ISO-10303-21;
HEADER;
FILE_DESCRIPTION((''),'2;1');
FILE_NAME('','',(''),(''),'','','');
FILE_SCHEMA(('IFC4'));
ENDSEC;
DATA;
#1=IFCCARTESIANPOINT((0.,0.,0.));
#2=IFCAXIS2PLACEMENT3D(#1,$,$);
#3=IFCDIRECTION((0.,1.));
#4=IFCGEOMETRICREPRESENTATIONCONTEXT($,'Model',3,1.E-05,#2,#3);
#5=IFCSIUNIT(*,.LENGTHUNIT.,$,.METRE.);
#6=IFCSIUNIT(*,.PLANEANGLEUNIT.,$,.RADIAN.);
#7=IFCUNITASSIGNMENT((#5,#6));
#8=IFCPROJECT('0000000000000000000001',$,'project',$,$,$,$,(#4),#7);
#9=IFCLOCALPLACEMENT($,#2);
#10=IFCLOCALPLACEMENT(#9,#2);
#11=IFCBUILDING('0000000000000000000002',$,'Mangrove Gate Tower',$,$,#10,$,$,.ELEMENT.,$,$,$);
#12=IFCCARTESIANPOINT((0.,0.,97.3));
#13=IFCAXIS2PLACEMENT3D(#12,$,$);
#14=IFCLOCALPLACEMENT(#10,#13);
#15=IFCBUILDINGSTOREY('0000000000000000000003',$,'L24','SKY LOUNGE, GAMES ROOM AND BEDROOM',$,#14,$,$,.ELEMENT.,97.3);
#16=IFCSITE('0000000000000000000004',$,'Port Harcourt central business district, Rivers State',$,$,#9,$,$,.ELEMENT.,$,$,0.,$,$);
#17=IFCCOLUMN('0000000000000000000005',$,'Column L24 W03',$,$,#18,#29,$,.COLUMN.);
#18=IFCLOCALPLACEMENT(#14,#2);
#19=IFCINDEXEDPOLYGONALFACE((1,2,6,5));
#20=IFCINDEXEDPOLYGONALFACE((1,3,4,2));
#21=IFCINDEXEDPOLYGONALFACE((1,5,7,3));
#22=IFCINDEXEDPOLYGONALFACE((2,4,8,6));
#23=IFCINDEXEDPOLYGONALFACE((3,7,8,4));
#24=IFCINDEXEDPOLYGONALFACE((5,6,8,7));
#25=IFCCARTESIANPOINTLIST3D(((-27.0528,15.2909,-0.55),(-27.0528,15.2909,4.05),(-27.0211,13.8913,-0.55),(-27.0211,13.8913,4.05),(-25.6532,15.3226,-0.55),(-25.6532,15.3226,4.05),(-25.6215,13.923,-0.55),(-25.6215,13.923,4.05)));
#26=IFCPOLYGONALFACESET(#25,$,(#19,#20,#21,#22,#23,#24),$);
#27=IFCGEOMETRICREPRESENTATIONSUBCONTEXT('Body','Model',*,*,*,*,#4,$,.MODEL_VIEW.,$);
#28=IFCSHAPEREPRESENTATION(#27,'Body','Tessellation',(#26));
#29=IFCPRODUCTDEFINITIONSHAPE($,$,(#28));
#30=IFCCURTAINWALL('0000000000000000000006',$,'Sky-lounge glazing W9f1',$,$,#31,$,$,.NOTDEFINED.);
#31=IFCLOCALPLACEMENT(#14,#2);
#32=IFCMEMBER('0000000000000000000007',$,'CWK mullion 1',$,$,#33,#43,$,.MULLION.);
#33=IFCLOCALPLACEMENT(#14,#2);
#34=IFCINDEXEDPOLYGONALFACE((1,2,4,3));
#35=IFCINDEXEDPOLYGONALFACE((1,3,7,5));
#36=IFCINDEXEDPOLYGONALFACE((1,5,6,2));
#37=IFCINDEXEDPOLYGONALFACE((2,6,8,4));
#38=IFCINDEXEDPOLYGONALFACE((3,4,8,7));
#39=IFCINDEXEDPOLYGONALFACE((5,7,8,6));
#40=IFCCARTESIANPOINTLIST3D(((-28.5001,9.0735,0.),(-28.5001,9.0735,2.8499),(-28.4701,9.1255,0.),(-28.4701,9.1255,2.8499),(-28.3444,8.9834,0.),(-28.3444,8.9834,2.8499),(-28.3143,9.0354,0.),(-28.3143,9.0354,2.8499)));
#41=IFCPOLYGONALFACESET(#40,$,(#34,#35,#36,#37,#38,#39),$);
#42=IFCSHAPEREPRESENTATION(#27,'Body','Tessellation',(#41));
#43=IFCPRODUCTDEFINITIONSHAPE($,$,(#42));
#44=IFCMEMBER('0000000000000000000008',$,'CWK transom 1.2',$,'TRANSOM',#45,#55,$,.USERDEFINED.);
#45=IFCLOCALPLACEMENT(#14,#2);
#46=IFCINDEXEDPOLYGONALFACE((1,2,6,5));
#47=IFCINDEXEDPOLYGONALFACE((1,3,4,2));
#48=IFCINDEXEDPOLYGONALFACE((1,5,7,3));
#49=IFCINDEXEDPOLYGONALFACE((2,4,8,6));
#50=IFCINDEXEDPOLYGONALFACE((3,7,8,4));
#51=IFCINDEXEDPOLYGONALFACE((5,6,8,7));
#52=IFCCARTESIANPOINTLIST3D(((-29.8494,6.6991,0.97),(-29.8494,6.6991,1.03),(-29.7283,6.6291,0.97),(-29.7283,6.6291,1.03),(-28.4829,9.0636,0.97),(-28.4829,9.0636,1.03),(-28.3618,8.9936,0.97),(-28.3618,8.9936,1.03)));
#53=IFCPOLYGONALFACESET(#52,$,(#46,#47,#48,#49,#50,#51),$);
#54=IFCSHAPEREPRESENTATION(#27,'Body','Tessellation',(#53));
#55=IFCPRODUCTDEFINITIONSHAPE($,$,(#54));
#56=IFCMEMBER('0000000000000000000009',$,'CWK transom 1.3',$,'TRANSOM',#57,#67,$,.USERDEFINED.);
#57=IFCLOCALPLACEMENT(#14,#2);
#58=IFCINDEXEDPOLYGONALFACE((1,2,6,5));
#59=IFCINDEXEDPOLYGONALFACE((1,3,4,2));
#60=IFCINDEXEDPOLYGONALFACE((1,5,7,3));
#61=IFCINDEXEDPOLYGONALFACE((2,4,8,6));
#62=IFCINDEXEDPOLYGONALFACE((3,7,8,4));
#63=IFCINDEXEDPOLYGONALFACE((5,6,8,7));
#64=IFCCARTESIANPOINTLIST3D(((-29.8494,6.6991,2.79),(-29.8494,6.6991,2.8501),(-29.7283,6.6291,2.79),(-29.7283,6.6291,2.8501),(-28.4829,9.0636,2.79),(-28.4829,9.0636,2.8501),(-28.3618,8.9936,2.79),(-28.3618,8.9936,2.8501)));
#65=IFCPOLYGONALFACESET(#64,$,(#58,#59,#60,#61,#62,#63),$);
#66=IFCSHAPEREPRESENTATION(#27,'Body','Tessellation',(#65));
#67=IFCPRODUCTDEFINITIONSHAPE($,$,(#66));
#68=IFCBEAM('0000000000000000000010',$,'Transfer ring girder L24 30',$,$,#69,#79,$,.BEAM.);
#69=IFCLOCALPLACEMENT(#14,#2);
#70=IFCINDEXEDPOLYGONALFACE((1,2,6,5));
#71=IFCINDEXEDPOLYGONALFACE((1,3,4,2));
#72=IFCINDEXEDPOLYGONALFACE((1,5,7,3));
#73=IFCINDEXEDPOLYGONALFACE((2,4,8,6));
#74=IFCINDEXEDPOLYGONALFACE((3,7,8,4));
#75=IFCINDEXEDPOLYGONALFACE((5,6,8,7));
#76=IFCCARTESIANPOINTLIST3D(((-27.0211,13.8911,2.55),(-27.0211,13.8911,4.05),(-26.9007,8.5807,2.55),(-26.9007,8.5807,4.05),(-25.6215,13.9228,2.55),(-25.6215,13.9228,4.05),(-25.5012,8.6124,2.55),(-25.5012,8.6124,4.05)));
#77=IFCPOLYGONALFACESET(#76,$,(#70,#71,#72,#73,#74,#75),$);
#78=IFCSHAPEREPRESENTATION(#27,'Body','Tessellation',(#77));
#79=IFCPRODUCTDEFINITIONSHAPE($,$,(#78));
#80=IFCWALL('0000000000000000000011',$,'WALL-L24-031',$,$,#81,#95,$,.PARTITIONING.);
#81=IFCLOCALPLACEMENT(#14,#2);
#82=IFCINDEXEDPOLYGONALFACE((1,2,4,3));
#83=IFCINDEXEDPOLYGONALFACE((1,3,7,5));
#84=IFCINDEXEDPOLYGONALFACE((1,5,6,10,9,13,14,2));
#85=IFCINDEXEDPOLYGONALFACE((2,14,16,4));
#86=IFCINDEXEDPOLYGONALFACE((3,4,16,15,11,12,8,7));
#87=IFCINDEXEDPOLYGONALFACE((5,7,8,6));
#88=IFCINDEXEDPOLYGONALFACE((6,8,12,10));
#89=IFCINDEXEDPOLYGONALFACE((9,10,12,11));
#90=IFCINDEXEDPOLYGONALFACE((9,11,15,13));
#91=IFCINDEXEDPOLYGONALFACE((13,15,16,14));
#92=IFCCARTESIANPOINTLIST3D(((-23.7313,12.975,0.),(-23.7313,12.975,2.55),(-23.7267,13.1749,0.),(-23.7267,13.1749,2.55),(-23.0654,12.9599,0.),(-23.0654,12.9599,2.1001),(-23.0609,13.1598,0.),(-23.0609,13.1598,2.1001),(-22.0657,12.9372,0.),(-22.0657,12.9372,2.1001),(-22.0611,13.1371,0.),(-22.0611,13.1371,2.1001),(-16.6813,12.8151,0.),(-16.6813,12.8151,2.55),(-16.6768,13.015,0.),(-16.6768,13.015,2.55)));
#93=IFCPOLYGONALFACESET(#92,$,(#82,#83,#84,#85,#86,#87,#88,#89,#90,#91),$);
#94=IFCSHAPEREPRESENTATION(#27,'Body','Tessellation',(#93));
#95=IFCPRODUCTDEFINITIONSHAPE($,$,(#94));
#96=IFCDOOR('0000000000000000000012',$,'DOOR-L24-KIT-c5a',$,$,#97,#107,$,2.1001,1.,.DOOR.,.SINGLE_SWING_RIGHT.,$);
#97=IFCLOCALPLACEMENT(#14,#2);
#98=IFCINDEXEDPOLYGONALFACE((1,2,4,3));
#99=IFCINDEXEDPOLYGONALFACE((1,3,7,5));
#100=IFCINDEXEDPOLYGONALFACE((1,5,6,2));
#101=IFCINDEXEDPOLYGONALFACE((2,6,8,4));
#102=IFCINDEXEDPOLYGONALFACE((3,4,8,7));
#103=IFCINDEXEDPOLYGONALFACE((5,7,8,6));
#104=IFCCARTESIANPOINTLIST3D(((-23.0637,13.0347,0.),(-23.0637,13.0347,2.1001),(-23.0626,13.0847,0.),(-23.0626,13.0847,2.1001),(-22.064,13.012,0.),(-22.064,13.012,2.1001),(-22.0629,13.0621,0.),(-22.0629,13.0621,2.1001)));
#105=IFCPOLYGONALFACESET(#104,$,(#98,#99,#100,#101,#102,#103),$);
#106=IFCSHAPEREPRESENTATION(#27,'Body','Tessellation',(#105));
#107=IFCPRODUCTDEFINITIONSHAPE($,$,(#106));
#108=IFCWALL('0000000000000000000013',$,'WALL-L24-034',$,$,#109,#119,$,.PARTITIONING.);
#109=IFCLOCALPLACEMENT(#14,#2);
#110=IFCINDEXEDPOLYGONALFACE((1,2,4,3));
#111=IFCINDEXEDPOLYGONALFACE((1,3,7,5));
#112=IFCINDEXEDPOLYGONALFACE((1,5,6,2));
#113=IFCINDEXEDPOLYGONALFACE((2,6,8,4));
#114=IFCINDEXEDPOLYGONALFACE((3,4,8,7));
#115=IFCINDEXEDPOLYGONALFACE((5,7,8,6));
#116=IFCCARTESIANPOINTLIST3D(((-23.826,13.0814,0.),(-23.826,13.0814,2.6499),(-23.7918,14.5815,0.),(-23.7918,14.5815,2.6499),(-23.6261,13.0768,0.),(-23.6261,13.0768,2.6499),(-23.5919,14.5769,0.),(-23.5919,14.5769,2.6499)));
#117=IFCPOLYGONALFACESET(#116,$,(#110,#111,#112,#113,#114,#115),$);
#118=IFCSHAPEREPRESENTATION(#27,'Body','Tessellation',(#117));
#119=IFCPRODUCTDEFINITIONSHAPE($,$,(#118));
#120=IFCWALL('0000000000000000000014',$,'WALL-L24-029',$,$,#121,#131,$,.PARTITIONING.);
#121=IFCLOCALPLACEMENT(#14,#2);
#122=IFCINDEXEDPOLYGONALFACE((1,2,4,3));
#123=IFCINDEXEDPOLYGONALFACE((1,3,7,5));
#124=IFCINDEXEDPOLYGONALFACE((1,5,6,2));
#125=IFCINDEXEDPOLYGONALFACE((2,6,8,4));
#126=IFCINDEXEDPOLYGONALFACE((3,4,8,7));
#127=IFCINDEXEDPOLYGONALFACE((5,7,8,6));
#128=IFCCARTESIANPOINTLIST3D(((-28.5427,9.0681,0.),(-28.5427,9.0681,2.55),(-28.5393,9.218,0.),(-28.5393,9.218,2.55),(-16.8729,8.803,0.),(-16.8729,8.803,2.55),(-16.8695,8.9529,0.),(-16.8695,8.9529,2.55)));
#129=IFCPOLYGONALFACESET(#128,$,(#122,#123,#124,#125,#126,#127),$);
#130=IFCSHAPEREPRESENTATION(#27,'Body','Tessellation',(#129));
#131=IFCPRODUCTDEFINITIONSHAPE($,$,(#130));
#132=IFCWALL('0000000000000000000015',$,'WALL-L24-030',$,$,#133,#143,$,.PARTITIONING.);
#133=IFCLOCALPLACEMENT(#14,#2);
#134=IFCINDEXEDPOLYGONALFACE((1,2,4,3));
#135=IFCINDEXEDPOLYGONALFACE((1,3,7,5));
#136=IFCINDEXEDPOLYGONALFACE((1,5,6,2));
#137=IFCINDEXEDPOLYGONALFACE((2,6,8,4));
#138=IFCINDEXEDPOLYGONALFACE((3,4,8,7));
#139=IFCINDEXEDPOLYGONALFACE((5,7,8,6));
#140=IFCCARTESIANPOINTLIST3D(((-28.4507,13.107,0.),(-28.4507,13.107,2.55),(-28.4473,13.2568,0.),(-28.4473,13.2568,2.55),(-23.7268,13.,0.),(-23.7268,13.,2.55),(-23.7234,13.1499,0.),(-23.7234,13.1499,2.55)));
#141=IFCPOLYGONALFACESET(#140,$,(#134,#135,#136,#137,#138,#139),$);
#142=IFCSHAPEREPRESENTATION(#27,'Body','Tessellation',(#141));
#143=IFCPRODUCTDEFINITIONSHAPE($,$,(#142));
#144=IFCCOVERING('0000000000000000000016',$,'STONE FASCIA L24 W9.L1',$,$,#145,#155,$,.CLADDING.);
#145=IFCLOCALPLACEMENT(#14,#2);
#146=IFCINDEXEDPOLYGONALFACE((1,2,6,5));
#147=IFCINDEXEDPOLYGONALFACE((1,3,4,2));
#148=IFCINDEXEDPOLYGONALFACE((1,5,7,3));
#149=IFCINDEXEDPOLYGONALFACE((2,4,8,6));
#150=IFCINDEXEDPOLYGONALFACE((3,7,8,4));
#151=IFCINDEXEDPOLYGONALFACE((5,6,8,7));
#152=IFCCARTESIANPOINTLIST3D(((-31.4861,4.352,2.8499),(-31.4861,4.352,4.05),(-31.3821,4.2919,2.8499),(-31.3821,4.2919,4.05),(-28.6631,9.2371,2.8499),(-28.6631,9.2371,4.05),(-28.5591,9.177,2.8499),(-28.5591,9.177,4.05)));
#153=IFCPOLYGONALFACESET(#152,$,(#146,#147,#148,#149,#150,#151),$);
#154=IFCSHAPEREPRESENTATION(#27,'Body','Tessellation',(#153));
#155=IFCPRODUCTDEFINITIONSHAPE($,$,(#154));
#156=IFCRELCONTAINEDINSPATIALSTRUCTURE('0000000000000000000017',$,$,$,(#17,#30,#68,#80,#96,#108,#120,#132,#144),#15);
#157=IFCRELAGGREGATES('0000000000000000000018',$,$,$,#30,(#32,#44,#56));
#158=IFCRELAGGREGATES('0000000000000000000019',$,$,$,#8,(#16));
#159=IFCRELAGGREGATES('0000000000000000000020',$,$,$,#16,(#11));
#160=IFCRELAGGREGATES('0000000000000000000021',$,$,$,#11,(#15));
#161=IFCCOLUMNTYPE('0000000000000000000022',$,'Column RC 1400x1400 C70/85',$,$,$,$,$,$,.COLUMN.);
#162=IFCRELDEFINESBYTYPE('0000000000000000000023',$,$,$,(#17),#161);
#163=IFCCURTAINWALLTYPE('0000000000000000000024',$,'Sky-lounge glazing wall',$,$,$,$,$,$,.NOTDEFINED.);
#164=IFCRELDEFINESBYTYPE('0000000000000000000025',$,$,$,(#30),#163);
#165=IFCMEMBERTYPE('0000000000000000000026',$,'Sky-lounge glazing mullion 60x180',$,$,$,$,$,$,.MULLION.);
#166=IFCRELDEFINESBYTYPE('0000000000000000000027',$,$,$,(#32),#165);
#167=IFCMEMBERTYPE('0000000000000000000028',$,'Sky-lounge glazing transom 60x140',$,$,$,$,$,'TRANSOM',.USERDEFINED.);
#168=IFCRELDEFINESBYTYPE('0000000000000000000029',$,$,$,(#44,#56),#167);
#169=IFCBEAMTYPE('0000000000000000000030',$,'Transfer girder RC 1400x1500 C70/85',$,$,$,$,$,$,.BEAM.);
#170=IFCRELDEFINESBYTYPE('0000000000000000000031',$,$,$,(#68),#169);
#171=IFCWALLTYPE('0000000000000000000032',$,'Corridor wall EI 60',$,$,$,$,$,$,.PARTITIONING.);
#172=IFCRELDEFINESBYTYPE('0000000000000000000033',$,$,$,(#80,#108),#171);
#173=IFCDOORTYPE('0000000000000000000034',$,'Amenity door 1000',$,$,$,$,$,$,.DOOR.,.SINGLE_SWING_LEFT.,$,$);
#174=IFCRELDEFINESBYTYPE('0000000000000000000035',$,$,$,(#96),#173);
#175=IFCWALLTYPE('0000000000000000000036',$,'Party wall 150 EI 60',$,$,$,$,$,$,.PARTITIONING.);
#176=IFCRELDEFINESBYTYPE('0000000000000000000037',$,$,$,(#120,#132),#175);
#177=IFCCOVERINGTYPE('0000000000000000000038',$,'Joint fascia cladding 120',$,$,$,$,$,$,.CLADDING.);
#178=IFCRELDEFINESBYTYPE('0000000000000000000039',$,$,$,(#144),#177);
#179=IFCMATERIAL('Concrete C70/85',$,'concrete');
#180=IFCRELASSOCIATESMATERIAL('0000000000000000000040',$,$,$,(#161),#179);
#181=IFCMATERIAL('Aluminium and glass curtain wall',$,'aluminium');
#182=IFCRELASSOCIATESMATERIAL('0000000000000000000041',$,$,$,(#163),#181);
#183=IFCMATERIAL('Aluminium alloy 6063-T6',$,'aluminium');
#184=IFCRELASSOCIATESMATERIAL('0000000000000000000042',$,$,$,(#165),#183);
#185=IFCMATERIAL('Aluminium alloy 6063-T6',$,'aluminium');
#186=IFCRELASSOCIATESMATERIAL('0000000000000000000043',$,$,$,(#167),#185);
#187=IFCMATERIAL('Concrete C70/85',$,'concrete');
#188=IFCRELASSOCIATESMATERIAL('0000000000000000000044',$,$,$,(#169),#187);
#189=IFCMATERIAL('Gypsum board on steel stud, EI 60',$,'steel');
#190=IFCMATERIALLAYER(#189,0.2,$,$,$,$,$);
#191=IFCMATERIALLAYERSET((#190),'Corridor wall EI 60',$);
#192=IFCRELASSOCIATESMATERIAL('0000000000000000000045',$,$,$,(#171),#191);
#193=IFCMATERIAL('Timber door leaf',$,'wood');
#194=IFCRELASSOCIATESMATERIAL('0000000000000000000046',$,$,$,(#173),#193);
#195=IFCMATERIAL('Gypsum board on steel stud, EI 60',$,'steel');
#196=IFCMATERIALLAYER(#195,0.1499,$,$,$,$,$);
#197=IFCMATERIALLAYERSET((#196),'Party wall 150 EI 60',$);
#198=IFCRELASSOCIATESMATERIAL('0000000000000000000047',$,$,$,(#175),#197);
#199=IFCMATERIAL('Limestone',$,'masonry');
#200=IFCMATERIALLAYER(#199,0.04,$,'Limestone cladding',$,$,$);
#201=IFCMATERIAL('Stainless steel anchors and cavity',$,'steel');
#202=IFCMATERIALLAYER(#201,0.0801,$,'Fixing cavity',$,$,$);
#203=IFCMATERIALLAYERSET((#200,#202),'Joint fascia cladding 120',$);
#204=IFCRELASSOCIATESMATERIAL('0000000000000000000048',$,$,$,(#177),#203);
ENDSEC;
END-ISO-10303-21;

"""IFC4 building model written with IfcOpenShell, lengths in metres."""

from ifc_helpers import new_model, si_unit, direction, frame, frame_2d, origin, origin_2d, place, context, subcontext, project, spatial, rectangle, extrude, material, layer, layer_set, material_profile, profile_set, type_object, element, fill, aggregate, save


model = new_model("IFC4")

# Units and contexts
model_context = context("Model", 3, precision=1e-05, world=origin(), true_north=direction((0.0, 1.0)))
body_context = subcontext(model_context, "Body", "Model", "MODEL_VIEW")
ifc_project = project(units=[si_unit("LENGTHUNIT", "METRE"), si_unit("PLANEANGLEUNIT", "RADIAN")], contexts=[model_context])

# Site, building, storey
site_placement = place(None, origin())
site = spatial("IfcSite", under=ifc_project, at=site_placement, Name="Port Harcourt central business district, Rivers State", CompositionType="ELEMENT", RefElevation=0.0)
building_placement = place(site_placement, origin())
building = spatial("IfcBuilding", under=site, at=building_placement, Name="Mangrove Gate Tower", CompositionType="ELEMENT")
storey_placement = place(building_placement, frame((0.0, 0.0, 97.3)))
storey = spatial("IfcBuildingStorey", under=building, at=storey_placement, Name="L24", Description="SKY LOUNGE, GAMES ROOM AND BEDROOM", CompositionType="ELEMENT", Elevation=97.3)

# Column
ifc_material_1 = material(Name="Concrete C70/85", Category="concrete")
ifc_material_profile_1 = material_profile(ifc_material_1, rectangle(XDim=1.3999, YDim=1.3999, at=origin_2d()))
ifc_profile_set_1 = profile_set([ifc_material_profile_1], Name="Concrete C70/85")
column_type = type_object("IfcColumnType", Name="Column RC 1400x1400 C70/85", PredefinedType="COLUMN", material=ifc_profile_set_1)
column_placement = place(storey_placement, frame((-26.3372, 14.6069, -0.55), z_axis=(0.0, 0.0, 1.0), x_axis=(0.022645, -0.999744, 0.0)))
element("IfcColumn", 1, at=column_placement, inside=storey, type_object=column_type, Name="Column L24 W03", PredefinedType="COLUMN", context=body_context, shape_type="SweptSolid", body=[
    extrude(rectangle(XDim=1.3999, YDim=1.3999, at=origin_2d()), origin(), (0.0, 0.0, 1.0), 4.6001),
])

# Curtain wall, members
ifc_material_2 = material(Name="Aluminium and glass curtain wall", Category="aluminium")
curtain_wall_type = type_object("IfcCurtainWallType", Name="Sky-lounge glazing wall", PredefinedType="NOTDEFINED", material=ifc_material_2)
curtain_wall_placement = place(storey_placement, origin())
curtain_wall = element("IfcCurtainWall", 2, at=curtain_wall_placement, inside=storey, type_object=curtain_wall_type, Name="Sky-lounge glazing W9f1", PredefinedType="NOTDEFINED")
ifc_material_3 = material(Name="Aluminium alloy 6063-T6", Category="aluminium")
ifc_material_profile_2 = material_profile(ifc_material_3, rectangle(XDim=0.0601, YDim=0.1799, at=origin_2d()))
ifc_profile_set_2 = profile_set([ifc_material_profile_2], Name="Aluminium alloy 6063-T6")
member_type_1 = type_object("IfcMemberType", Name="Sky-lounge glazing mullion 60x180", PredefinedType="MULLION", material=ifc_profile_set_2)
member_1_placement = place(storey_placement, frame((-28.4072, 9.0544, 0.0), z_axis=(0.0, 0.0, 1.0), x_axis=(-0.500418, -0.865784, 0.0)))
member_1 = element("IfcMember", 3, at=member_1_placement, type_object=member_type_1, Name="CWK mullion 1", PredefinedType="MULLION", context=body_context, shape_type="SweptSolid", body=[
    extrude(rectangle(XDim=0.0601, YDim=0.1799, at=origin_2d()), origin(), (0.0, 0.0, 1.0), 2.8499),
])
ifc_material_4 = material(Name="Aluminium alloy 6063-T6", Category="aluminium")
ifc_material_profile_3 = material_profile(ifc_material_4, rectangle(XDim=0.0601, YDim=0.1399, at=origin_2d()))
ifc_profile_set_3 = profile_set([ifc_material_profile_3], Name="Aluminium alloy 6063-T6")
member_type_2 = type_object("IfcMemberType", Name="Sky-lounge glazing transom 60x140", ElementType="TRANSOM", PredefinedType="USERDEFINED", material=ifc_profile_set_3)
member_2_placement = place(storey_placement, frame((-28.4224, 9.0286, 1.0), z_axis=(-0.50036, -0.865818, 0.0), x_axis=(0.0, 0.0, 1.0)))
member_2 = element("IfcMember", 4, at=member_2_placement, type_object=member_type_2, Name="CWK transom 1.2", ObjectType="TRANSOM", PredefinedType="USERDEFINED", context=body_context, shape_type="SweptSolid", body=[
    extrude(rectangle(XDim=0.0601, YDim=0.1399, at=origin_2d()), origin(), (0.0, 0.0, 1.0), 2.731),
])
member_3_placement = place(storey_placement, frame((-28.4224, 9.0286, 2.8201), z_axis=(-0.50036, -0.865818, 0.0), x_axis=(0.0, 0.0, 1.0)))
member_3 = element("IfcMember", 5, at=member_3_placement, type_object=member_type_2, Name="CWK transom 1.3", ObjectType="TRANSOM", PredefinedType="USERDEFINED", context=body_context, shape_type="SweptSolid", body=[
    extrude(rectangle(XDim=0.0601, YDim=0.1399, at=origin_2d()), origin(), (0.0, 0.0, 1.0), 2.731),
])
aggregate(curtain_wall, [member_1, member_2, member_3])

# Beam
ifc_material_5 = material(Name="Concrete C70/85", Category="concrete")
ifc_material_profile_4 = material_profile(ifc_material_5, rectangle(XDim=1.3999, YDim=1.5, at=origin_2d()))
ifc_profile_set_4 = profile_set([ifc_material_profile_4], Name="Concrete C70/85")
beam_type = type_object("IfcBeamType", Name="Transfer girder RC 1400x1500 C70/85", PredefinedType="BEAM", material=ifc_profile_set_4)
beam_placement = place(storey_placement, frame((-26.3213, 13.907, 3.3), z_axis=(0.02266, -0.999743, 0.0), x_axis=(0.999743, 0.02266, 0.0)))
element("IfcBeam", 6, at=beam_placement, inside=storey, type_object=beam_type, Name="Transfer ring girder L24 30", PredefinedType="BEAM", context=body_context, shape_type="SweptSolid", body=[
    extrude(rectangle(XDim=1.3999, YDim=1.5, at=origin_2d()), origin(), (0.0, 0.0, 1.0), 5.3118),
])

# Wall, opening, door
ifc_material_6 = material(Name="Gypsum board on steel stud, EI 60", Category="steel")
ifc_layer_1 = layer(ifc_material_6, 0.2)
ifc_layer_set_1 = layer_set([ifc_layer_1], Name="Corridor wall EI 60")
wall_type_1 = type_object("IfcWallType", Name="Corridor wall EI 60", PredefinedType="PARTITIONING", material=ifc_layer_set_1)
wall_1_placement = place(storey_placement, frame((-23.729, 13.075, 0.0), z_axis=(0.0, 0.0, 1.0), x_axis=(0.999743, -0.022677, 0.0)))
wall_1 = element("IfcWall", 7, at=wall_1_placement, inside=storey, type_object=wall_type_1, Name="WALL-L24-031", PredefinedType="PARTITIONING", context=body_context, shape_type="SweptSolid", body=[
    extrude(rectangle(XDim=7.0518, YDim=0.2, at=frame_2d((3.5259, 0.0))), origin(), (0.0, 0.0, 1.0), 2.55),
])
opening_1_placement = place(wall_1_placement, frame((0.666, 0.0, 0.0)))
opening_1 = element("IfcOpeningElement", 8, at=opening_1_placement, cuts=wall_1, PredefinedType="OPENING", context=body_context, shape_type="SweptSolid", body=[
    extrude(rectangle(XDim=1.0, YDim=2.1001, at=frame_2d((0.5, 1.05))), frame((0.0, 0.1099, 0.0), z_axis=(0.0, -1.0, 0.0), x_axis=(1.0, 0.0, 0.0)), (0.0, 0.0, 1.0), 0.22),
])
ifc_material_7 = material(Name="Timber door leaf", Category="wood")
door_type_1 = type_object("IfcDoorType", Name="Amenity door 1000", OperationType="SINGLE_SWING_LEFT", PredefinedType="DOOR", material=ifc_material_7)
door_1_placement = place(opening_1_placement, origin())
door_1 = element("IfcDoor", 9, at=door_1_placement, inside=storey, type_object=door_type_1, Name="DOOR-L24-KIT-c5a", OperationType="SINGLE_SWING_RIGHT", OverallHeight=2.1001, OverallWidth=1.0, PredefinedType="DOOR", context=body_context, shape_type="SweptSolid", body=[
    extrude(rectangle(XDim=1.0, YDim=2.1001, at=frame_2d((0.5, 1.05))), frame((0.0, 0.0249, 0.0), z_axis=(0.0, -1.0, 0.0), x_axis=(1.0, 0.0, 0.0)), (0.0, 0.0, 1.0), 0.05),
])
fill(opening_1, door_1)

# Wall
wall_2_placement = place(storey_placement, frame((-23.7261, 13.0791, 0.0), z_axis=(0.0, 0.0, 1.0), x_axis=(0.022781, 0.99974, 0.0)))
element("IfcWall", 10, at=wall_2_placement, inside=storey, type_object=wall_type_1, Name="WALL-L24-034", PredefinedType="PARTITIONING", context=body_context, shape_type="SweptSolid", body=[
    extrude(rectangle(XDim=1.5005, YDim=0.2, at=frame_2d((0.7502, 0.0))), origin(), (0.0, 0.0, 1.0), 2.6499),
])

# Walls
ifc_material_8 = material(Name="Gypsum board on steel stud, EI 60", Category="steel")
ifc_layer_2 = layer(ifc_material_8, 0.1499)
ifc_layer_set_2 = layer_set([ifc_layer_2], Name="Party wall 150 EI 60")
wall_type_2 = type_object("IfcWallType", Name="Party wall 150 EI 60", PredefinedType="PARTITIONING", material=ifc_layer_set_2)
wall_3_placement = place(storey_placement, frame((-28.541, 9.1431, 0.0), z_axis=(0.0, 0.0, 1.0), x_axis=(0.999742, -0.022714, 0.0)))
element("IfcWall", 11, at=wall_3_placement, inside=storey, type_object=wall_type_2, Name="WALL-L24-029", PredefinedType="PARTITIONING", context=body_context, shape_type="SweptSolid", body=[
    extrude(rectangle(XDim=11.6729, YDim=0.1499, at=frame_2d((5.8364, 0.0))), origin(), (0.0, 0.0, 1.0), 2.55),
])
wall_4_placement = place(storey_placement, frame((-28.449, 13.1819, 0.0), z_axis=(0.0, 0.0, 1.0), x_axis=(0.999744, -0.022631, 0.0)))
element("IfcWall", 12, at=wall_4_placement, inside=storey, type_object=wall_type_2, Name="WALL-L24-030", PredefinedType="PARTITIONING", context=body_context, shape_type="SweptSolid", body=[
    extrude(rectangle(XDim=4.7251, YDim=0.1499, at=frame_2d((2.3625, 0.0))), origin(), (0.0, 0.0, 1.0), 2.55),
])

# Covering
ifc_material_9 = material(Name="Limestone", Category="masonry")
ifc_layer_3 = layer(ifc_material_9, 0.04, Name="Limestone cladding")
ifc_material_10 = material(Name="Stainless steel anchors and cavity", Category="steel")
ifc_layer_4 = layer(ifc_material_10, 0.0801, Name="Fixing cavity")
ifc_layer_set_3 = layer_set([ifc_layer_3, ifc_layer_4], Name="Joint fascia cladding 120")
covering_type = type_object("IfcCoveringType", Name="Joint fascia cladding 120", PredefinedType="CLADDING", material=ifc_layer_set_3)
covering_placement = place(storey_placement, frame((-28.6111, 9.207, 2.8499), z_axis=(0.0, 0.0, 1.0), x_axis=(-0.50035, -0.865823, 0.0)))
element("IfcCovering", 13, at=covering_placement, inside=storey, type_object=covering_type, Name="STONE FASCIA L24 W9.L1", PredefinedType="CLADDING", context=body_context, shape_type="SweptSolid", body=[
    extrude(rectangle(XDim=5.6421, YDim=0.1201, at=frame_2d((2.821, 0.0))), origin(), (0.0, 0.0, 1.0), 1.2002),
])

save(model, "model.ifc")
